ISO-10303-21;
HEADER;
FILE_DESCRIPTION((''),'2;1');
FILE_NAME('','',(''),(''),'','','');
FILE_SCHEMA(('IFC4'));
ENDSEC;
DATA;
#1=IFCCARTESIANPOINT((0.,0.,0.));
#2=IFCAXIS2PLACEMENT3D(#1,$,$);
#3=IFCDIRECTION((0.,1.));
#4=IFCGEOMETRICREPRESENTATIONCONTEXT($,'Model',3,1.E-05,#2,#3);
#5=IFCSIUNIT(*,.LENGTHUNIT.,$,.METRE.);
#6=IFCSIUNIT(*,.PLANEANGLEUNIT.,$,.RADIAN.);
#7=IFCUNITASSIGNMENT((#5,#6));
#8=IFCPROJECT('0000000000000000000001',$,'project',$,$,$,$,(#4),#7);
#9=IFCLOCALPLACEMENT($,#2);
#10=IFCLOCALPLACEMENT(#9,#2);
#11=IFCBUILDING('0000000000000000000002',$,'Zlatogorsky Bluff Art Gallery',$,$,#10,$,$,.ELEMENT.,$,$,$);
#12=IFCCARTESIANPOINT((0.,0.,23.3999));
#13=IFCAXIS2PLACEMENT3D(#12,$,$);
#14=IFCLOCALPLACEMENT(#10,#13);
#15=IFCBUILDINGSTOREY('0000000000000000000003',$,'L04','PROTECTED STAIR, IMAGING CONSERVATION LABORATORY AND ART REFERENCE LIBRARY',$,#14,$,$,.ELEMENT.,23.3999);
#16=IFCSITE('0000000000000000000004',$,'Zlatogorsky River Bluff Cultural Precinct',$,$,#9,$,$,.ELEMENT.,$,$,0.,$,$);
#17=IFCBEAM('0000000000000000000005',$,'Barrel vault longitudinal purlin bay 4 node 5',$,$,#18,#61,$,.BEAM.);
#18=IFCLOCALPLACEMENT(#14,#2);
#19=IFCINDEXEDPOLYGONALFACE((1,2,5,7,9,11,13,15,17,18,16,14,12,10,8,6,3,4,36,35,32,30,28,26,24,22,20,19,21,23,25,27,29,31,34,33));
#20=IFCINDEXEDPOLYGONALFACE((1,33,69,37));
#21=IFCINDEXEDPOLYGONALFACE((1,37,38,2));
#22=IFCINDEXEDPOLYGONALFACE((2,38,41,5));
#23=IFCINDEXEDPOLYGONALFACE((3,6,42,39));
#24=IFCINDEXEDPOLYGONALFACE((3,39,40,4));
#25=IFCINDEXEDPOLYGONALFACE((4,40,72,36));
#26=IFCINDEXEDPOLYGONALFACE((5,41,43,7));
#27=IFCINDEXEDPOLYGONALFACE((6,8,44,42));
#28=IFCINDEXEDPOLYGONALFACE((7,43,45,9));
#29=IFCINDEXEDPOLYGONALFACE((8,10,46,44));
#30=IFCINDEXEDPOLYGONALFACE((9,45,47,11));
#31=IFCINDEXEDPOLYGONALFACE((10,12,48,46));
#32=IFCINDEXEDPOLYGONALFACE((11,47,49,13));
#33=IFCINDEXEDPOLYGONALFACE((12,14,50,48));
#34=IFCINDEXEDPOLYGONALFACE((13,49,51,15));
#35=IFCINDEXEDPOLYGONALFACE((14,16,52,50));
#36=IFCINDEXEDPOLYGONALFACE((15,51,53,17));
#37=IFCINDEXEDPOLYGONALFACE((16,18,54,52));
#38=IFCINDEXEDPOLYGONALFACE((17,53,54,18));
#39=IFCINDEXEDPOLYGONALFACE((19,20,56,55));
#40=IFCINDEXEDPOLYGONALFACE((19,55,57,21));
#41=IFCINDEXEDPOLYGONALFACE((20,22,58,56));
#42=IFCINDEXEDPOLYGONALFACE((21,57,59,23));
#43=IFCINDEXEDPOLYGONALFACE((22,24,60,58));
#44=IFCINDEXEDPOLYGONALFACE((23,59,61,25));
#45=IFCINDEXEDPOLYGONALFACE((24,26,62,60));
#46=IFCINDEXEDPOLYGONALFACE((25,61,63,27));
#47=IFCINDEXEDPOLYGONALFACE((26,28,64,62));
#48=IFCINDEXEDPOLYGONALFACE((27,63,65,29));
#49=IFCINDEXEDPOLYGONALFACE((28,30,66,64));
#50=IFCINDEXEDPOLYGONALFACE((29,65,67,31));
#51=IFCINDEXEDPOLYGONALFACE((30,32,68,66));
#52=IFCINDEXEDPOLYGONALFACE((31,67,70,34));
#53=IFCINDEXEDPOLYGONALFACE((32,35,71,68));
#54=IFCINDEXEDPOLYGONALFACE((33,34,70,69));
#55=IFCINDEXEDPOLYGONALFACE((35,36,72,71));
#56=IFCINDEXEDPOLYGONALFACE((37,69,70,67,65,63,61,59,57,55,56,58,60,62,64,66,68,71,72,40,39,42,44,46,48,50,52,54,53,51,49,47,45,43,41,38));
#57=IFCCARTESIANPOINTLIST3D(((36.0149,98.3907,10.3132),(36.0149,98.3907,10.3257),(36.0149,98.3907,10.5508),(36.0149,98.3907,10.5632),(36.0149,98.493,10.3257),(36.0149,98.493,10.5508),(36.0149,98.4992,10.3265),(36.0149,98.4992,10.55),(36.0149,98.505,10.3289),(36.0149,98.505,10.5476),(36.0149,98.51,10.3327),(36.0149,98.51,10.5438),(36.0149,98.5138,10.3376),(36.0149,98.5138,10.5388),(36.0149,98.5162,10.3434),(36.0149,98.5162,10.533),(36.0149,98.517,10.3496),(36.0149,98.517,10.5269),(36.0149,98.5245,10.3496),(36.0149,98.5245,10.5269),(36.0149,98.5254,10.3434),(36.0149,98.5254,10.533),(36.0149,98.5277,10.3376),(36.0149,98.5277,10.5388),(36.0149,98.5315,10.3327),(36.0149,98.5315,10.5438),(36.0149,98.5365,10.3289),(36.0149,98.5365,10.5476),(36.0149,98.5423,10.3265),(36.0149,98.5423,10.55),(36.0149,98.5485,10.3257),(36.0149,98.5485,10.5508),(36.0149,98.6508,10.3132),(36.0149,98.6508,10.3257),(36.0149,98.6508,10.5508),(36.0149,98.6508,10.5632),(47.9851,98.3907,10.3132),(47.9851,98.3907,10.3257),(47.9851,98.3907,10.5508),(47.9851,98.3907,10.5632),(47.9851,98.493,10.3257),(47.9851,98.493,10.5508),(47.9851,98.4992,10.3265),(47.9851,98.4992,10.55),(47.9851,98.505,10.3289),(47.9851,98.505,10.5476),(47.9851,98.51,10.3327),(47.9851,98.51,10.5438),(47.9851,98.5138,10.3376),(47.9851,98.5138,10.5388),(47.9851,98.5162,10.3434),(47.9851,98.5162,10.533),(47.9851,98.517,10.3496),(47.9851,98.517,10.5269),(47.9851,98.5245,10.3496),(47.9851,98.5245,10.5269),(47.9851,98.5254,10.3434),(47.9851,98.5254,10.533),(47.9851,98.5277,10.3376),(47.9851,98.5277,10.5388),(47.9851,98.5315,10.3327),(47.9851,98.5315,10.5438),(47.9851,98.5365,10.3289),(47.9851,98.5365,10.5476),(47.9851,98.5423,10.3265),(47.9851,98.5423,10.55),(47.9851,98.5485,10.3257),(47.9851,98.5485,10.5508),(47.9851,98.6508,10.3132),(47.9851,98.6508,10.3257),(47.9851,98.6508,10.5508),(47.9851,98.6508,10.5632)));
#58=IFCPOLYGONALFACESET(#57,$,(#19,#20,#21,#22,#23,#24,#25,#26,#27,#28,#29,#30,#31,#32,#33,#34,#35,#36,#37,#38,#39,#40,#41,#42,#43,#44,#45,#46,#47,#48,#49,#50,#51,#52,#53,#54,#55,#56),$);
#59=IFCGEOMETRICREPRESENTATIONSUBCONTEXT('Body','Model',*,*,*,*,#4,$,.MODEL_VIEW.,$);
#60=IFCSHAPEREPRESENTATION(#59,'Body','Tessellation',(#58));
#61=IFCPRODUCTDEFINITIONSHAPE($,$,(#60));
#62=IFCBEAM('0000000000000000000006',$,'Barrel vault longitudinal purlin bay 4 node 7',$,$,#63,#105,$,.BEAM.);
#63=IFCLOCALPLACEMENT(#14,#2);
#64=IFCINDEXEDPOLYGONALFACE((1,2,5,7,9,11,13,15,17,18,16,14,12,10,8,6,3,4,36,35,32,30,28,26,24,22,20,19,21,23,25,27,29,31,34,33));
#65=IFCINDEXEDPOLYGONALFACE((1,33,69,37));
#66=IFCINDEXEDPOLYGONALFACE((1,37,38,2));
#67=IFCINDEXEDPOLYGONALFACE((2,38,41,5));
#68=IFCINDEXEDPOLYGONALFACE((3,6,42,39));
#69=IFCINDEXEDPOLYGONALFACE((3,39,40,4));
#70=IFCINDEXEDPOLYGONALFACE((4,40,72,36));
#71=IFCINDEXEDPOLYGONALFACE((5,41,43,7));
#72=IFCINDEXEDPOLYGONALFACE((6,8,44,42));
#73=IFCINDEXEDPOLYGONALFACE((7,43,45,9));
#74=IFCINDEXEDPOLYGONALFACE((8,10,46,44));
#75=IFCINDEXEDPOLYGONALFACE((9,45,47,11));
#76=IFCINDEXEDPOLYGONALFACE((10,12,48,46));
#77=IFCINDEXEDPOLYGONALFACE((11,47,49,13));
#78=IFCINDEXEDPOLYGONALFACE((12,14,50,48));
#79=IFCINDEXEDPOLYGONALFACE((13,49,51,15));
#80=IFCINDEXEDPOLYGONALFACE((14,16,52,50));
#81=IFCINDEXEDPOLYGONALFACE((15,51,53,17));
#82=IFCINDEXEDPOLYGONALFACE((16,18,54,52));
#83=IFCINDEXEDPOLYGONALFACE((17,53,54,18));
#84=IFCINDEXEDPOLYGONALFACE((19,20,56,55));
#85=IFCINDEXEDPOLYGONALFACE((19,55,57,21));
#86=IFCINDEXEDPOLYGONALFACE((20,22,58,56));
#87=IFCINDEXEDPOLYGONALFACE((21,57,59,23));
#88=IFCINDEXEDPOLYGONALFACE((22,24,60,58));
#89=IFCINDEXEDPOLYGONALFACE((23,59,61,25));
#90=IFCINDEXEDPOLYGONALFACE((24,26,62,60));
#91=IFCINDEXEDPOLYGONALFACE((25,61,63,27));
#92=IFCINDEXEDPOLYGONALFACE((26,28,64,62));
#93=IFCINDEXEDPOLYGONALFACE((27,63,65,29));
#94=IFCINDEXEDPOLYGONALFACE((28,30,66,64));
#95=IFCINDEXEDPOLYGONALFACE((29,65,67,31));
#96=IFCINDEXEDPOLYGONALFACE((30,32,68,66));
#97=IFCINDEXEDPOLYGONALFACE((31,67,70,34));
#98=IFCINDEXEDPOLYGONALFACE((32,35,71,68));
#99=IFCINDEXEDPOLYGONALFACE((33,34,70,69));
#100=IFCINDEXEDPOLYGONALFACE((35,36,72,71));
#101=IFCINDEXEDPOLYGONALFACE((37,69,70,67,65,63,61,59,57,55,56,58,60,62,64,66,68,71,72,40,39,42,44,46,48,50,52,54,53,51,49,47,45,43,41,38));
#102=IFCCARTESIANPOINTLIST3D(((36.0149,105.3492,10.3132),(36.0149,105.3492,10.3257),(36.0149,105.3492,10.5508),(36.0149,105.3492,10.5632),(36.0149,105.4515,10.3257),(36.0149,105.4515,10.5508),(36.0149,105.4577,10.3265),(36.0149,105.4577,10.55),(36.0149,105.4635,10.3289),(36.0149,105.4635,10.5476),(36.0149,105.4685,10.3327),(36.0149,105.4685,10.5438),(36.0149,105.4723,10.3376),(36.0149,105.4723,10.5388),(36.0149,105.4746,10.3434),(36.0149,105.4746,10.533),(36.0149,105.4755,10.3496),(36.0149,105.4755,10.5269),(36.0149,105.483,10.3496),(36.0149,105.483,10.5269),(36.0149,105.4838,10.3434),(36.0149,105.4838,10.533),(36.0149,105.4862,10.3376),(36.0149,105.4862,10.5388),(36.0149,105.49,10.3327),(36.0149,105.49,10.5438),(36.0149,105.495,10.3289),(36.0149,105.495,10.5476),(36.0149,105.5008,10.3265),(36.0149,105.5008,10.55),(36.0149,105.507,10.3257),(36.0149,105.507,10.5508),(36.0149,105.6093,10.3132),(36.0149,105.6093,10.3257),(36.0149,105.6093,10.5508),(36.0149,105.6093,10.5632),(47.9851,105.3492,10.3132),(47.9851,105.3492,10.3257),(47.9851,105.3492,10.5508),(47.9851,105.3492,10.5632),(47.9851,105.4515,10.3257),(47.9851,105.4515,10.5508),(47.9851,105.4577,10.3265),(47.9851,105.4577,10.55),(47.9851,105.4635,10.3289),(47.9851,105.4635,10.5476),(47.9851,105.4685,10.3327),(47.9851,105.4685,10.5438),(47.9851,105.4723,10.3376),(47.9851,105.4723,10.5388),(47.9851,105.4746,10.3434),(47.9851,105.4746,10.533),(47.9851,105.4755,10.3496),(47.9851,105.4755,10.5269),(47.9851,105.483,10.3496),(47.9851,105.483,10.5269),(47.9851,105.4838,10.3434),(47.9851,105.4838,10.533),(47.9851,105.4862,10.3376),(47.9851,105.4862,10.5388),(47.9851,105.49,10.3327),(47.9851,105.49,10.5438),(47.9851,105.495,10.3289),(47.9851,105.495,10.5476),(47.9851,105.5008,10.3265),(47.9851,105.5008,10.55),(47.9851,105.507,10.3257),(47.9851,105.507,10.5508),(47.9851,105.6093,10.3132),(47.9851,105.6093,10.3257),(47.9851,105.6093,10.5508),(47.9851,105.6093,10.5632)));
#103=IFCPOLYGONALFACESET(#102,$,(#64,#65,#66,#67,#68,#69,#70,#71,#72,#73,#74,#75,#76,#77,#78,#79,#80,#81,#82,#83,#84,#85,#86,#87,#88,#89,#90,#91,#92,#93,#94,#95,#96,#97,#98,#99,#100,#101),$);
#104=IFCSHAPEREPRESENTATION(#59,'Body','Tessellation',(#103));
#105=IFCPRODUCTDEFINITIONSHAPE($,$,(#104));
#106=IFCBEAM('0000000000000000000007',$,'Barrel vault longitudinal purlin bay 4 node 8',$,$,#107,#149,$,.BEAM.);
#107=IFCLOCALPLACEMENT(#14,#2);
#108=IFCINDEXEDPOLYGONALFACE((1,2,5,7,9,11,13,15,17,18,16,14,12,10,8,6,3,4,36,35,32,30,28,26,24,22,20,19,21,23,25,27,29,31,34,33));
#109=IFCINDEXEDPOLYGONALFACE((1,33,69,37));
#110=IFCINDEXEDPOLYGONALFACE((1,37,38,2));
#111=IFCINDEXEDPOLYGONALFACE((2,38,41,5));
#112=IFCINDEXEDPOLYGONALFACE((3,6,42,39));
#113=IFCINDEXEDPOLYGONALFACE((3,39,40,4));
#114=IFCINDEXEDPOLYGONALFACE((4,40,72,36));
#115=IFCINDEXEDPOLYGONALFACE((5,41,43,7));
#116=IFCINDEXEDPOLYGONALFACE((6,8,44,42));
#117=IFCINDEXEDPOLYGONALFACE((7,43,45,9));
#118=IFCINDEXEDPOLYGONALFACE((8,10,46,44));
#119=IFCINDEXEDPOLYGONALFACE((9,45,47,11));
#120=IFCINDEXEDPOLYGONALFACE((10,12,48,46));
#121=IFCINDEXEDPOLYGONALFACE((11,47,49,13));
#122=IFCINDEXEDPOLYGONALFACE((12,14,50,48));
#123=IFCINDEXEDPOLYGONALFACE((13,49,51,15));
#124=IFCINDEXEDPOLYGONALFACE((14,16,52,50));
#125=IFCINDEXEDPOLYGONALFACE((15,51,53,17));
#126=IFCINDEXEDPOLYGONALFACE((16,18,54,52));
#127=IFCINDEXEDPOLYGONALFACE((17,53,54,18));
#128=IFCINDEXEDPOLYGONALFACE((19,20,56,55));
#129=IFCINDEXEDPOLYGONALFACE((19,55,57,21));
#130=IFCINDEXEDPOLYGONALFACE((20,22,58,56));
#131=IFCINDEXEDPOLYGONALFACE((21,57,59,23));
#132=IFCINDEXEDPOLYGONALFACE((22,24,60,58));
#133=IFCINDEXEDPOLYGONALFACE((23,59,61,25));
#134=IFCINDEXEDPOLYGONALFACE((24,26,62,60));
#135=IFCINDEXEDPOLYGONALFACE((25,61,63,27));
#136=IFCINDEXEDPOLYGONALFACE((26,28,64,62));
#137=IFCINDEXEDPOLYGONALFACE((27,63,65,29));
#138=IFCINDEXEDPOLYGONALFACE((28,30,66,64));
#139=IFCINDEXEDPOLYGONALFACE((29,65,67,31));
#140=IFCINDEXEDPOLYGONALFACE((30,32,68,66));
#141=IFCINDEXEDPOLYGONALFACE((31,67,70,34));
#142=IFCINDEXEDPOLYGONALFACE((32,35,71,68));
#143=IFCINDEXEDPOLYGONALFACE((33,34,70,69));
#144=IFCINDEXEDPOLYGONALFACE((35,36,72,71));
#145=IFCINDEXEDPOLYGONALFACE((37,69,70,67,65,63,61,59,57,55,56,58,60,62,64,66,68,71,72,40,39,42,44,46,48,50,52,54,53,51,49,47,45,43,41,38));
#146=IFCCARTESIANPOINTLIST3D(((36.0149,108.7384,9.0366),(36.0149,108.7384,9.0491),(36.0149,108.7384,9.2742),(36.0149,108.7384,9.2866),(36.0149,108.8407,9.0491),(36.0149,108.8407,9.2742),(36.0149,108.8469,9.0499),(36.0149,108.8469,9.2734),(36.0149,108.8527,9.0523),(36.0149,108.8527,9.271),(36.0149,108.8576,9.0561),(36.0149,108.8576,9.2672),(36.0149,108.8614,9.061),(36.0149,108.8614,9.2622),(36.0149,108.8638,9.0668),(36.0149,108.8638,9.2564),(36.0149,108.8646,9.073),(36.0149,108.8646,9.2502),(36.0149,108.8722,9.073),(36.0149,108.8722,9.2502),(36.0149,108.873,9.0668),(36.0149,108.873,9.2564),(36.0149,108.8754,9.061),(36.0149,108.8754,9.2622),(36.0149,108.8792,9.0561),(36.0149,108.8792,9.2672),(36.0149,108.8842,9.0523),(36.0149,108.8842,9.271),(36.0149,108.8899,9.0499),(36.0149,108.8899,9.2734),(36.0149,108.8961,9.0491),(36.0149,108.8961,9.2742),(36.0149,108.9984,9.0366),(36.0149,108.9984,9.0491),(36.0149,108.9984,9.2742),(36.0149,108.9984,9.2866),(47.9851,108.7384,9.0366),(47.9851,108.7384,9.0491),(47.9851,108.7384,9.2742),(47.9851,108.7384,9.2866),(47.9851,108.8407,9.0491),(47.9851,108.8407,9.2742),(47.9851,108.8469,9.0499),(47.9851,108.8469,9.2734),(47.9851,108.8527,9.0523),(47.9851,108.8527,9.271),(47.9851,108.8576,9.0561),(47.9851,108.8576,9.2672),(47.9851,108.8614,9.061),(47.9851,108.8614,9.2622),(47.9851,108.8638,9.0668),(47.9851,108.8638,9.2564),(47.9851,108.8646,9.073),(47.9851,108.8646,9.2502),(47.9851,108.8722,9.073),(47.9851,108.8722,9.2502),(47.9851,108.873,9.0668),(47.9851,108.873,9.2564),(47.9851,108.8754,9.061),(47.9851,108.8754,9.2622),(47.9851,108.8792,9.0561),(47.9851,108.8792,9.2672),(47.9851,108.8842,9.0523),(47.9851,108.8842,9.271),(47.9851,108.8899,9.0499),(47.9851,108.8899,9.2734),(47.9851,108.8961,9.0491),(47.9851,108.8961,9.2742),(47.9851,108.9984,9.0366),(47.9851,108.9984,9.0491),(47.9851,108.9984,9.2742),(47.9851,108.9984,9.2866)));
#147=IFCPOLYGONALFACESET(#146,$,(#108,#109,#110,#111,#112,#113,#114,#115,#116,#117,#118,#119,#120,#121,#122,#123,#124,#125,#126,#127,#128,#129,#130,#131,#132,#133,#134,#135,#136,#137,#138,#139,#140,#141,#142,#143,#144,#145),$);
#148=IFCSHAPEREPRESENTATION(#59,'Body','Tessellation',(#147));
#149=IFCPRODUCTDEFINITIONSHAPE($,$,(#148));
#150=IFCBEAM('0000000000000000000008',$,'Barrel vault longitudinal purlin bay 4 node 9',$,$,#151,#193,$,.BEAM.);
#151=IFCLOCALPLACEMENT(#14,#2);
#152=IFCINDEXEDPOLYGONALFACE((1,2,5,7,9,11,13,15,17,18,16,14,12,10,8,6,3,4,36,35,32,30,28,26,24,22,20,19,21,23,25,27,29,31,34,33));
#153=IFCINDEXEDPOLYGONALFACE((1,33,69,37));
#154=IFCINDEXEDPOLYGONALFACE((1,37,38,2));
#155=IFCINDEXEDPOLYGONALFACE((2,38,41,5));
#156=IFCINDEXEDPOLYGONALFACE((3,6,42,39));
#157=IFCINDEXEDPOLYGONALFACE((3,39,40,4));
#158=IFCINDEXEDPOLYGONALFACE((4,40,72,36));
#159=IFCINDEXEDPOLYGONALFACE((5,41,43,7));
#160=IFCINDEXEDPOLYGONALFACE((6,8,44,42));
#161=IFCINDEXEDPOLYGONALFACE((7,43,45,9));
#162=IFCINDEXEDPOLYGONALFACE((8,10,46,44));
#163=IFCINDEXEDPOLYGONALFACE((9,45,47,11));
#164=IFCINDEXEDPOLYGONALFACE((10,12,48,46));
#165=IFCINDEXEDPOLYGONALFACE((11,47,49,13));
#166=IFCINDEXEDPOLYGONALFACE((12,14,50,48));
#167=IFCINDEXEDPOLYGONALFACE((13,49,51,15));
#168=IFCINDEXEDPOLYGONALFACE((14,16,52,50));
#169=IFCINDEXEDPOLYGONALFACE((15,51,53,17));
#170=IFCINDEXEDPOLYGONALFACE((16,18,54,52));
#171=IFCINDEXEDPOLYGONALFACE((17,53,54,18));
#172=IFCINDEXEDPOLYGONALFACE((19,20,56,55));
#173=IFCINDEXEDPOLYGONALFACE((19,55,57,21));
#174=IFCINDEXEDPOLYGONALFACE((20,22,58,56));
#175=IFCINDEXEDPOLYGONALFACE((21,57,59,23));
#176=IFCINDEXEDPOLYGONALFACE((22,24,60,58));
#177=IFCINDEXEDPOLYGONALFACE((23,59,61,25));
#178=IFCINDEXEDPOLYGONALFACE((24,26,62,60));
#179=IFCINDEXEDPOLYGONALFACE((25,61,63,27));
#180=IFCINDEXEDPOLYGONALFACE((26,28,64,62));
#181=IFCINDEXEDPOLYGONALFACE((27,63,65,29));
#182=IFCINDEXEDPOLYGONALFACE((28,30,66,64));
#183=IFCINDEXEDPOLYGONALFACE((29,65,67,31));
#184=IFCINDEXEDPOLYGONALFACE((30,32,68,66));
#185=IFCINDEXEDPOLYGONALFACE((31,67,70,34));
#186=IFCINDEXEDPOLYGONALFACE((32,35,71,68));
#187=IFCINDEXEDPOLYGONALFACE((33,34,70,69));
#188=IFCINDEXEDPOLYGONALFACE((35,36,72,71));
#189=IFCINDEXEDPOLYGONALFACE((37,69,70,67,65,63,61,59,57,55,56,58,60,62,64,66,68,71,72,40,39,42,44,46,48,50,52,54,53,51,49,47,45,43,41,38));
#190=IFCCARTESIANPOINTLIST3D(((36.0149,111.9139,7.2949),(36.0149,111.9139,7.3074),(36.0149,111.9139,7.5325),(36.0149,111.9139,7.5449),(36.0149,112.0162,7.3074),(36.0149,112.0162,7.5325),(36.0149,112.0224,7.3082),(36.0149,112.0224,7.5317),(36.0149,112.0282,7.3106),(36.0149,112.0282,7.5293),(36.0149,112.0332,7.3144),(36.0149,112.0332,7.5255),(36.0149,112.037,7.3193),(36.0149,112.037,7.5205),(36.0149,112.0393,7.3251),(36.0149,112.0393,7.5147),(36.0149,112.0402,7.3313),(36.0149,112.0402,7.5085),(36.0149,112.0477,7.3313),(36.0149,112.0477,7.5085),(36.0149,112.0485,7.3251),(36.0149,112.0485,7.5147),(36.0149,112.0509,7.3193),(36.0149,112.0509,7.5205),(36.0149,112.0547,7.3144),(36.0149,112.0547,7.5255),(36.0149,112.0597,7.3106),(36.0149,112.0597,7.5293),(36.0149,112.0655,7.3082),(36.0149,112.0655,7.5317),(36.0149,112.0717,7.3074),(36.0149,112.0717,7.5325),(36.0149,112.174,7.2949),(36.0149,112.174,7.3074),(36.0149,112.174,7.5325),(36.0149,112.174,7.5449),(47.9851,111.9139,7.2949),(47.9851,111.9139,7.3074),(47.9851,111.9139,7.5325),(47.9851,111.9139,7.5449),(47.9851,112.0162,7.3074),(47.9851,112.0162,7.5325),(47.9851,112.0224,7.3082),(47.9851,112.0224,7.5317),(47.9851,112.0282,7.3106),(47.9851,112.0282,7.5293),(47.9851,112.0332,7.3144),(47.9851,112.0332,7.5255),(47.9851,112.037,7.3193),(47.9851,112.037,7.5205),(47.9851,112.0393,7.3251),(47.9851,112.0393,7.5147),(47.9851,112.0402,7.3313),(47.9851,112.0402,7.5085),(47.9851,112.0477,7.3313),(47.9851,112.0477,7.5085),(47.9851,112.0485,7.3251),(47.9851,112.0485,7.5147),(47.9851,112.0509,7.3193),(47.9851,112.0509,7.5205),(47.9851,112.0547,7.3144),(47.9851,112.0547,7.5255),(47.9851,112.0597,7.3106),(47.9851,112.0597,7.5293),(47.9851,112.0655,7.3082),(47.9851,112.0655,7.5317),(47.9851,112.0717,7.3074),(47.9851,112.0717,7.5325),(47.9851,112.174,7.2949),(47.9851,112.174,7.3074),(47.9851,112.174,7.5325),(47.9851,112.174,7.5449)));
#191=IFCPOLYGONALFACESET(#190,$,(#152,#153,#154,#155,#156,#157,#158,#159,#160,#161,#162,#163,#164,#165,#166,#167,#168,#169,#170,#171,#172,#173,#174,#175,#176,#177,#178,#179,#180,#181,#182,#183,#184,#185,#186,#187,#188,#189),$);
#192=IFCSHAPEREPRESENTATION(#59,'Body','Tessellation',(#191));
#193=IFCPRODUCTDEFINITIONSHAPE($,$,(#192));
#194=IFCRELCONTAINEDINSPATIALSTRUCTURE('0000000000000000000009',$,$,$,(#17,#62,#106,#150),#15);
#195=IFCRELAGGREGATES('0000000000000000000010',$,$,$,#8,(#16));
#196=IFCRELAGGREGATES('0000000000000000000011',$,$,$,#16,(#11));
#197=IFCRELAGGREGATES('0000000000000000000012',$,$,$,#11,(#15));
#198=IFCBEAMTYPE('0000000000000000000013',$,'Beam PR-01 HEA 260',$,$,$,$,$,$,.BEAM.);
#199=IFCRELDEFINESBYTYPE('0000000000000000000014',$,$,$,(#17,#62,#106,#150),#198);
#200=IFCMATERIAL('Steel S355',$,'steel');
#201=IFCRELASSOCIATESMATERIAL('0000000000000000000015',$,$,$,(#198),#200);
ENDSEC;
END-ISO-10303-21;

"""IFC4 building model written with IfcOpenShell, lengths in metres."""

from ifc_helpers import new_model, si_unit, direction, frame, origin, origin_2d, place, context, subcontext, project, spatial, i_section, extrude, material, material_profile, profile_set, type_object, element, save


model = new_model("IFC4")

# Units and contexts
model_context = context("Model", 3, precision=1e-05, world=origin(), true_north=direction((0.0, 1.0)))
body_context = subcontext(model_context, "Body", "Model", "MODEL_VIEW")
ifc_project = project(units=[si_unit("LENGTHUNIT", "METRE"), si_unit("PLANEANGLEUNIT", "RADIAN")], contexts=[model_context])

# Site, building, storey
site_placement = place(None, origin())
site = spatial("IfcSite", under=ifc_project, at=site_placement, Name="Zlatogorsky River Bluff Cultural Precinct", CompositionType="ELEMENT", RefElevation=0.0)
building_placement = place(site_placement, origin())
building = spatial("IfcBuilding", under=site, at=building_placement, Name="Zlatogorsky Bluff Art Gallery", CompositionType="ELEMENT")
storey_placement = place(building_placement, frame((0.0, 0.0, 23.3999)))
storey = spatial("IfcBuildingStorey", under=building, at=storey_placement, Name="L04", Description="PROTECTED STAIR, IMAGING CONSERVATION LABORATORY AND ART REFERENCE LIBRARY", CompositionType="ELEMENT", Elevation=23.3999)

# Beams
ifc_material_1 = material(Name="Steel S355", Category="steel")
ifc_material_profile_1 = material_profile(ifc_material_1, i_section(OverallWidth=0.26, OverallDepth=0.25, WebThickness=0.0076, FlangeThickness=0.0125, FilletRadius=0.0239, at=origin_2d()), Name="HEA 260")
ifc_profile_set_1 = profile_set([ifc_material_profile_1], Name="Steel S355")
beam_type_1 = type_object("IfcBeamType", Name="Beam PR-01 HEA 260", PredefinedType="BEAM", material=ifc_profile_set_1)
for number, where, z_axis, x_axis, name in (
    (1, (36.0149, 98.5208, 10.4382), (1.0, 0.0, 0.0), (0.0, 1.0, 0.0), "Barrel vault longitudinal purlin bay 4 node 5"),
    (2, (36.0149, 105.4792, 10.4382), (1.0, 0.0, 0.0), (0.0, 1.0, 0.0), "Barrel vault longitudinal purlin bay 4 node 7"),
    (3, (36.0149, 108.8684, 9.1616), (1.0, 0.0, 0.0), (0.0, 1.0, 0.0), "Barrel vault longitudinal purlin bay 4 node 8"),
    (4, (36.0149, 112.0439, 7.4199), (1.0, 0.0, 0.0), (0.0, 1.0, 0.0), "Barrel vault longitudinal purlin bay 4 node 9"),
):
    element("IfcBeam", number, at=place(storey_placement, frame(where, z_axis=z_axis, x_axis=x_axis)), inside=storey, type_object=beam_type_1, Name=name, PredefinedType="BEAM", context=body_context, shape_type="SweptSolid", body=[
        extrude(i_section(OverallWidth=0.26, OverallDepth=0.25, WebThickness=0.0076, FlangeThickness=0.0125, FilletRadius=0.0239, at=origin_2d()), origin(), (0.0, 0.0, 1.0), 11.9702),
    ])

save(model, "model.ifc")
